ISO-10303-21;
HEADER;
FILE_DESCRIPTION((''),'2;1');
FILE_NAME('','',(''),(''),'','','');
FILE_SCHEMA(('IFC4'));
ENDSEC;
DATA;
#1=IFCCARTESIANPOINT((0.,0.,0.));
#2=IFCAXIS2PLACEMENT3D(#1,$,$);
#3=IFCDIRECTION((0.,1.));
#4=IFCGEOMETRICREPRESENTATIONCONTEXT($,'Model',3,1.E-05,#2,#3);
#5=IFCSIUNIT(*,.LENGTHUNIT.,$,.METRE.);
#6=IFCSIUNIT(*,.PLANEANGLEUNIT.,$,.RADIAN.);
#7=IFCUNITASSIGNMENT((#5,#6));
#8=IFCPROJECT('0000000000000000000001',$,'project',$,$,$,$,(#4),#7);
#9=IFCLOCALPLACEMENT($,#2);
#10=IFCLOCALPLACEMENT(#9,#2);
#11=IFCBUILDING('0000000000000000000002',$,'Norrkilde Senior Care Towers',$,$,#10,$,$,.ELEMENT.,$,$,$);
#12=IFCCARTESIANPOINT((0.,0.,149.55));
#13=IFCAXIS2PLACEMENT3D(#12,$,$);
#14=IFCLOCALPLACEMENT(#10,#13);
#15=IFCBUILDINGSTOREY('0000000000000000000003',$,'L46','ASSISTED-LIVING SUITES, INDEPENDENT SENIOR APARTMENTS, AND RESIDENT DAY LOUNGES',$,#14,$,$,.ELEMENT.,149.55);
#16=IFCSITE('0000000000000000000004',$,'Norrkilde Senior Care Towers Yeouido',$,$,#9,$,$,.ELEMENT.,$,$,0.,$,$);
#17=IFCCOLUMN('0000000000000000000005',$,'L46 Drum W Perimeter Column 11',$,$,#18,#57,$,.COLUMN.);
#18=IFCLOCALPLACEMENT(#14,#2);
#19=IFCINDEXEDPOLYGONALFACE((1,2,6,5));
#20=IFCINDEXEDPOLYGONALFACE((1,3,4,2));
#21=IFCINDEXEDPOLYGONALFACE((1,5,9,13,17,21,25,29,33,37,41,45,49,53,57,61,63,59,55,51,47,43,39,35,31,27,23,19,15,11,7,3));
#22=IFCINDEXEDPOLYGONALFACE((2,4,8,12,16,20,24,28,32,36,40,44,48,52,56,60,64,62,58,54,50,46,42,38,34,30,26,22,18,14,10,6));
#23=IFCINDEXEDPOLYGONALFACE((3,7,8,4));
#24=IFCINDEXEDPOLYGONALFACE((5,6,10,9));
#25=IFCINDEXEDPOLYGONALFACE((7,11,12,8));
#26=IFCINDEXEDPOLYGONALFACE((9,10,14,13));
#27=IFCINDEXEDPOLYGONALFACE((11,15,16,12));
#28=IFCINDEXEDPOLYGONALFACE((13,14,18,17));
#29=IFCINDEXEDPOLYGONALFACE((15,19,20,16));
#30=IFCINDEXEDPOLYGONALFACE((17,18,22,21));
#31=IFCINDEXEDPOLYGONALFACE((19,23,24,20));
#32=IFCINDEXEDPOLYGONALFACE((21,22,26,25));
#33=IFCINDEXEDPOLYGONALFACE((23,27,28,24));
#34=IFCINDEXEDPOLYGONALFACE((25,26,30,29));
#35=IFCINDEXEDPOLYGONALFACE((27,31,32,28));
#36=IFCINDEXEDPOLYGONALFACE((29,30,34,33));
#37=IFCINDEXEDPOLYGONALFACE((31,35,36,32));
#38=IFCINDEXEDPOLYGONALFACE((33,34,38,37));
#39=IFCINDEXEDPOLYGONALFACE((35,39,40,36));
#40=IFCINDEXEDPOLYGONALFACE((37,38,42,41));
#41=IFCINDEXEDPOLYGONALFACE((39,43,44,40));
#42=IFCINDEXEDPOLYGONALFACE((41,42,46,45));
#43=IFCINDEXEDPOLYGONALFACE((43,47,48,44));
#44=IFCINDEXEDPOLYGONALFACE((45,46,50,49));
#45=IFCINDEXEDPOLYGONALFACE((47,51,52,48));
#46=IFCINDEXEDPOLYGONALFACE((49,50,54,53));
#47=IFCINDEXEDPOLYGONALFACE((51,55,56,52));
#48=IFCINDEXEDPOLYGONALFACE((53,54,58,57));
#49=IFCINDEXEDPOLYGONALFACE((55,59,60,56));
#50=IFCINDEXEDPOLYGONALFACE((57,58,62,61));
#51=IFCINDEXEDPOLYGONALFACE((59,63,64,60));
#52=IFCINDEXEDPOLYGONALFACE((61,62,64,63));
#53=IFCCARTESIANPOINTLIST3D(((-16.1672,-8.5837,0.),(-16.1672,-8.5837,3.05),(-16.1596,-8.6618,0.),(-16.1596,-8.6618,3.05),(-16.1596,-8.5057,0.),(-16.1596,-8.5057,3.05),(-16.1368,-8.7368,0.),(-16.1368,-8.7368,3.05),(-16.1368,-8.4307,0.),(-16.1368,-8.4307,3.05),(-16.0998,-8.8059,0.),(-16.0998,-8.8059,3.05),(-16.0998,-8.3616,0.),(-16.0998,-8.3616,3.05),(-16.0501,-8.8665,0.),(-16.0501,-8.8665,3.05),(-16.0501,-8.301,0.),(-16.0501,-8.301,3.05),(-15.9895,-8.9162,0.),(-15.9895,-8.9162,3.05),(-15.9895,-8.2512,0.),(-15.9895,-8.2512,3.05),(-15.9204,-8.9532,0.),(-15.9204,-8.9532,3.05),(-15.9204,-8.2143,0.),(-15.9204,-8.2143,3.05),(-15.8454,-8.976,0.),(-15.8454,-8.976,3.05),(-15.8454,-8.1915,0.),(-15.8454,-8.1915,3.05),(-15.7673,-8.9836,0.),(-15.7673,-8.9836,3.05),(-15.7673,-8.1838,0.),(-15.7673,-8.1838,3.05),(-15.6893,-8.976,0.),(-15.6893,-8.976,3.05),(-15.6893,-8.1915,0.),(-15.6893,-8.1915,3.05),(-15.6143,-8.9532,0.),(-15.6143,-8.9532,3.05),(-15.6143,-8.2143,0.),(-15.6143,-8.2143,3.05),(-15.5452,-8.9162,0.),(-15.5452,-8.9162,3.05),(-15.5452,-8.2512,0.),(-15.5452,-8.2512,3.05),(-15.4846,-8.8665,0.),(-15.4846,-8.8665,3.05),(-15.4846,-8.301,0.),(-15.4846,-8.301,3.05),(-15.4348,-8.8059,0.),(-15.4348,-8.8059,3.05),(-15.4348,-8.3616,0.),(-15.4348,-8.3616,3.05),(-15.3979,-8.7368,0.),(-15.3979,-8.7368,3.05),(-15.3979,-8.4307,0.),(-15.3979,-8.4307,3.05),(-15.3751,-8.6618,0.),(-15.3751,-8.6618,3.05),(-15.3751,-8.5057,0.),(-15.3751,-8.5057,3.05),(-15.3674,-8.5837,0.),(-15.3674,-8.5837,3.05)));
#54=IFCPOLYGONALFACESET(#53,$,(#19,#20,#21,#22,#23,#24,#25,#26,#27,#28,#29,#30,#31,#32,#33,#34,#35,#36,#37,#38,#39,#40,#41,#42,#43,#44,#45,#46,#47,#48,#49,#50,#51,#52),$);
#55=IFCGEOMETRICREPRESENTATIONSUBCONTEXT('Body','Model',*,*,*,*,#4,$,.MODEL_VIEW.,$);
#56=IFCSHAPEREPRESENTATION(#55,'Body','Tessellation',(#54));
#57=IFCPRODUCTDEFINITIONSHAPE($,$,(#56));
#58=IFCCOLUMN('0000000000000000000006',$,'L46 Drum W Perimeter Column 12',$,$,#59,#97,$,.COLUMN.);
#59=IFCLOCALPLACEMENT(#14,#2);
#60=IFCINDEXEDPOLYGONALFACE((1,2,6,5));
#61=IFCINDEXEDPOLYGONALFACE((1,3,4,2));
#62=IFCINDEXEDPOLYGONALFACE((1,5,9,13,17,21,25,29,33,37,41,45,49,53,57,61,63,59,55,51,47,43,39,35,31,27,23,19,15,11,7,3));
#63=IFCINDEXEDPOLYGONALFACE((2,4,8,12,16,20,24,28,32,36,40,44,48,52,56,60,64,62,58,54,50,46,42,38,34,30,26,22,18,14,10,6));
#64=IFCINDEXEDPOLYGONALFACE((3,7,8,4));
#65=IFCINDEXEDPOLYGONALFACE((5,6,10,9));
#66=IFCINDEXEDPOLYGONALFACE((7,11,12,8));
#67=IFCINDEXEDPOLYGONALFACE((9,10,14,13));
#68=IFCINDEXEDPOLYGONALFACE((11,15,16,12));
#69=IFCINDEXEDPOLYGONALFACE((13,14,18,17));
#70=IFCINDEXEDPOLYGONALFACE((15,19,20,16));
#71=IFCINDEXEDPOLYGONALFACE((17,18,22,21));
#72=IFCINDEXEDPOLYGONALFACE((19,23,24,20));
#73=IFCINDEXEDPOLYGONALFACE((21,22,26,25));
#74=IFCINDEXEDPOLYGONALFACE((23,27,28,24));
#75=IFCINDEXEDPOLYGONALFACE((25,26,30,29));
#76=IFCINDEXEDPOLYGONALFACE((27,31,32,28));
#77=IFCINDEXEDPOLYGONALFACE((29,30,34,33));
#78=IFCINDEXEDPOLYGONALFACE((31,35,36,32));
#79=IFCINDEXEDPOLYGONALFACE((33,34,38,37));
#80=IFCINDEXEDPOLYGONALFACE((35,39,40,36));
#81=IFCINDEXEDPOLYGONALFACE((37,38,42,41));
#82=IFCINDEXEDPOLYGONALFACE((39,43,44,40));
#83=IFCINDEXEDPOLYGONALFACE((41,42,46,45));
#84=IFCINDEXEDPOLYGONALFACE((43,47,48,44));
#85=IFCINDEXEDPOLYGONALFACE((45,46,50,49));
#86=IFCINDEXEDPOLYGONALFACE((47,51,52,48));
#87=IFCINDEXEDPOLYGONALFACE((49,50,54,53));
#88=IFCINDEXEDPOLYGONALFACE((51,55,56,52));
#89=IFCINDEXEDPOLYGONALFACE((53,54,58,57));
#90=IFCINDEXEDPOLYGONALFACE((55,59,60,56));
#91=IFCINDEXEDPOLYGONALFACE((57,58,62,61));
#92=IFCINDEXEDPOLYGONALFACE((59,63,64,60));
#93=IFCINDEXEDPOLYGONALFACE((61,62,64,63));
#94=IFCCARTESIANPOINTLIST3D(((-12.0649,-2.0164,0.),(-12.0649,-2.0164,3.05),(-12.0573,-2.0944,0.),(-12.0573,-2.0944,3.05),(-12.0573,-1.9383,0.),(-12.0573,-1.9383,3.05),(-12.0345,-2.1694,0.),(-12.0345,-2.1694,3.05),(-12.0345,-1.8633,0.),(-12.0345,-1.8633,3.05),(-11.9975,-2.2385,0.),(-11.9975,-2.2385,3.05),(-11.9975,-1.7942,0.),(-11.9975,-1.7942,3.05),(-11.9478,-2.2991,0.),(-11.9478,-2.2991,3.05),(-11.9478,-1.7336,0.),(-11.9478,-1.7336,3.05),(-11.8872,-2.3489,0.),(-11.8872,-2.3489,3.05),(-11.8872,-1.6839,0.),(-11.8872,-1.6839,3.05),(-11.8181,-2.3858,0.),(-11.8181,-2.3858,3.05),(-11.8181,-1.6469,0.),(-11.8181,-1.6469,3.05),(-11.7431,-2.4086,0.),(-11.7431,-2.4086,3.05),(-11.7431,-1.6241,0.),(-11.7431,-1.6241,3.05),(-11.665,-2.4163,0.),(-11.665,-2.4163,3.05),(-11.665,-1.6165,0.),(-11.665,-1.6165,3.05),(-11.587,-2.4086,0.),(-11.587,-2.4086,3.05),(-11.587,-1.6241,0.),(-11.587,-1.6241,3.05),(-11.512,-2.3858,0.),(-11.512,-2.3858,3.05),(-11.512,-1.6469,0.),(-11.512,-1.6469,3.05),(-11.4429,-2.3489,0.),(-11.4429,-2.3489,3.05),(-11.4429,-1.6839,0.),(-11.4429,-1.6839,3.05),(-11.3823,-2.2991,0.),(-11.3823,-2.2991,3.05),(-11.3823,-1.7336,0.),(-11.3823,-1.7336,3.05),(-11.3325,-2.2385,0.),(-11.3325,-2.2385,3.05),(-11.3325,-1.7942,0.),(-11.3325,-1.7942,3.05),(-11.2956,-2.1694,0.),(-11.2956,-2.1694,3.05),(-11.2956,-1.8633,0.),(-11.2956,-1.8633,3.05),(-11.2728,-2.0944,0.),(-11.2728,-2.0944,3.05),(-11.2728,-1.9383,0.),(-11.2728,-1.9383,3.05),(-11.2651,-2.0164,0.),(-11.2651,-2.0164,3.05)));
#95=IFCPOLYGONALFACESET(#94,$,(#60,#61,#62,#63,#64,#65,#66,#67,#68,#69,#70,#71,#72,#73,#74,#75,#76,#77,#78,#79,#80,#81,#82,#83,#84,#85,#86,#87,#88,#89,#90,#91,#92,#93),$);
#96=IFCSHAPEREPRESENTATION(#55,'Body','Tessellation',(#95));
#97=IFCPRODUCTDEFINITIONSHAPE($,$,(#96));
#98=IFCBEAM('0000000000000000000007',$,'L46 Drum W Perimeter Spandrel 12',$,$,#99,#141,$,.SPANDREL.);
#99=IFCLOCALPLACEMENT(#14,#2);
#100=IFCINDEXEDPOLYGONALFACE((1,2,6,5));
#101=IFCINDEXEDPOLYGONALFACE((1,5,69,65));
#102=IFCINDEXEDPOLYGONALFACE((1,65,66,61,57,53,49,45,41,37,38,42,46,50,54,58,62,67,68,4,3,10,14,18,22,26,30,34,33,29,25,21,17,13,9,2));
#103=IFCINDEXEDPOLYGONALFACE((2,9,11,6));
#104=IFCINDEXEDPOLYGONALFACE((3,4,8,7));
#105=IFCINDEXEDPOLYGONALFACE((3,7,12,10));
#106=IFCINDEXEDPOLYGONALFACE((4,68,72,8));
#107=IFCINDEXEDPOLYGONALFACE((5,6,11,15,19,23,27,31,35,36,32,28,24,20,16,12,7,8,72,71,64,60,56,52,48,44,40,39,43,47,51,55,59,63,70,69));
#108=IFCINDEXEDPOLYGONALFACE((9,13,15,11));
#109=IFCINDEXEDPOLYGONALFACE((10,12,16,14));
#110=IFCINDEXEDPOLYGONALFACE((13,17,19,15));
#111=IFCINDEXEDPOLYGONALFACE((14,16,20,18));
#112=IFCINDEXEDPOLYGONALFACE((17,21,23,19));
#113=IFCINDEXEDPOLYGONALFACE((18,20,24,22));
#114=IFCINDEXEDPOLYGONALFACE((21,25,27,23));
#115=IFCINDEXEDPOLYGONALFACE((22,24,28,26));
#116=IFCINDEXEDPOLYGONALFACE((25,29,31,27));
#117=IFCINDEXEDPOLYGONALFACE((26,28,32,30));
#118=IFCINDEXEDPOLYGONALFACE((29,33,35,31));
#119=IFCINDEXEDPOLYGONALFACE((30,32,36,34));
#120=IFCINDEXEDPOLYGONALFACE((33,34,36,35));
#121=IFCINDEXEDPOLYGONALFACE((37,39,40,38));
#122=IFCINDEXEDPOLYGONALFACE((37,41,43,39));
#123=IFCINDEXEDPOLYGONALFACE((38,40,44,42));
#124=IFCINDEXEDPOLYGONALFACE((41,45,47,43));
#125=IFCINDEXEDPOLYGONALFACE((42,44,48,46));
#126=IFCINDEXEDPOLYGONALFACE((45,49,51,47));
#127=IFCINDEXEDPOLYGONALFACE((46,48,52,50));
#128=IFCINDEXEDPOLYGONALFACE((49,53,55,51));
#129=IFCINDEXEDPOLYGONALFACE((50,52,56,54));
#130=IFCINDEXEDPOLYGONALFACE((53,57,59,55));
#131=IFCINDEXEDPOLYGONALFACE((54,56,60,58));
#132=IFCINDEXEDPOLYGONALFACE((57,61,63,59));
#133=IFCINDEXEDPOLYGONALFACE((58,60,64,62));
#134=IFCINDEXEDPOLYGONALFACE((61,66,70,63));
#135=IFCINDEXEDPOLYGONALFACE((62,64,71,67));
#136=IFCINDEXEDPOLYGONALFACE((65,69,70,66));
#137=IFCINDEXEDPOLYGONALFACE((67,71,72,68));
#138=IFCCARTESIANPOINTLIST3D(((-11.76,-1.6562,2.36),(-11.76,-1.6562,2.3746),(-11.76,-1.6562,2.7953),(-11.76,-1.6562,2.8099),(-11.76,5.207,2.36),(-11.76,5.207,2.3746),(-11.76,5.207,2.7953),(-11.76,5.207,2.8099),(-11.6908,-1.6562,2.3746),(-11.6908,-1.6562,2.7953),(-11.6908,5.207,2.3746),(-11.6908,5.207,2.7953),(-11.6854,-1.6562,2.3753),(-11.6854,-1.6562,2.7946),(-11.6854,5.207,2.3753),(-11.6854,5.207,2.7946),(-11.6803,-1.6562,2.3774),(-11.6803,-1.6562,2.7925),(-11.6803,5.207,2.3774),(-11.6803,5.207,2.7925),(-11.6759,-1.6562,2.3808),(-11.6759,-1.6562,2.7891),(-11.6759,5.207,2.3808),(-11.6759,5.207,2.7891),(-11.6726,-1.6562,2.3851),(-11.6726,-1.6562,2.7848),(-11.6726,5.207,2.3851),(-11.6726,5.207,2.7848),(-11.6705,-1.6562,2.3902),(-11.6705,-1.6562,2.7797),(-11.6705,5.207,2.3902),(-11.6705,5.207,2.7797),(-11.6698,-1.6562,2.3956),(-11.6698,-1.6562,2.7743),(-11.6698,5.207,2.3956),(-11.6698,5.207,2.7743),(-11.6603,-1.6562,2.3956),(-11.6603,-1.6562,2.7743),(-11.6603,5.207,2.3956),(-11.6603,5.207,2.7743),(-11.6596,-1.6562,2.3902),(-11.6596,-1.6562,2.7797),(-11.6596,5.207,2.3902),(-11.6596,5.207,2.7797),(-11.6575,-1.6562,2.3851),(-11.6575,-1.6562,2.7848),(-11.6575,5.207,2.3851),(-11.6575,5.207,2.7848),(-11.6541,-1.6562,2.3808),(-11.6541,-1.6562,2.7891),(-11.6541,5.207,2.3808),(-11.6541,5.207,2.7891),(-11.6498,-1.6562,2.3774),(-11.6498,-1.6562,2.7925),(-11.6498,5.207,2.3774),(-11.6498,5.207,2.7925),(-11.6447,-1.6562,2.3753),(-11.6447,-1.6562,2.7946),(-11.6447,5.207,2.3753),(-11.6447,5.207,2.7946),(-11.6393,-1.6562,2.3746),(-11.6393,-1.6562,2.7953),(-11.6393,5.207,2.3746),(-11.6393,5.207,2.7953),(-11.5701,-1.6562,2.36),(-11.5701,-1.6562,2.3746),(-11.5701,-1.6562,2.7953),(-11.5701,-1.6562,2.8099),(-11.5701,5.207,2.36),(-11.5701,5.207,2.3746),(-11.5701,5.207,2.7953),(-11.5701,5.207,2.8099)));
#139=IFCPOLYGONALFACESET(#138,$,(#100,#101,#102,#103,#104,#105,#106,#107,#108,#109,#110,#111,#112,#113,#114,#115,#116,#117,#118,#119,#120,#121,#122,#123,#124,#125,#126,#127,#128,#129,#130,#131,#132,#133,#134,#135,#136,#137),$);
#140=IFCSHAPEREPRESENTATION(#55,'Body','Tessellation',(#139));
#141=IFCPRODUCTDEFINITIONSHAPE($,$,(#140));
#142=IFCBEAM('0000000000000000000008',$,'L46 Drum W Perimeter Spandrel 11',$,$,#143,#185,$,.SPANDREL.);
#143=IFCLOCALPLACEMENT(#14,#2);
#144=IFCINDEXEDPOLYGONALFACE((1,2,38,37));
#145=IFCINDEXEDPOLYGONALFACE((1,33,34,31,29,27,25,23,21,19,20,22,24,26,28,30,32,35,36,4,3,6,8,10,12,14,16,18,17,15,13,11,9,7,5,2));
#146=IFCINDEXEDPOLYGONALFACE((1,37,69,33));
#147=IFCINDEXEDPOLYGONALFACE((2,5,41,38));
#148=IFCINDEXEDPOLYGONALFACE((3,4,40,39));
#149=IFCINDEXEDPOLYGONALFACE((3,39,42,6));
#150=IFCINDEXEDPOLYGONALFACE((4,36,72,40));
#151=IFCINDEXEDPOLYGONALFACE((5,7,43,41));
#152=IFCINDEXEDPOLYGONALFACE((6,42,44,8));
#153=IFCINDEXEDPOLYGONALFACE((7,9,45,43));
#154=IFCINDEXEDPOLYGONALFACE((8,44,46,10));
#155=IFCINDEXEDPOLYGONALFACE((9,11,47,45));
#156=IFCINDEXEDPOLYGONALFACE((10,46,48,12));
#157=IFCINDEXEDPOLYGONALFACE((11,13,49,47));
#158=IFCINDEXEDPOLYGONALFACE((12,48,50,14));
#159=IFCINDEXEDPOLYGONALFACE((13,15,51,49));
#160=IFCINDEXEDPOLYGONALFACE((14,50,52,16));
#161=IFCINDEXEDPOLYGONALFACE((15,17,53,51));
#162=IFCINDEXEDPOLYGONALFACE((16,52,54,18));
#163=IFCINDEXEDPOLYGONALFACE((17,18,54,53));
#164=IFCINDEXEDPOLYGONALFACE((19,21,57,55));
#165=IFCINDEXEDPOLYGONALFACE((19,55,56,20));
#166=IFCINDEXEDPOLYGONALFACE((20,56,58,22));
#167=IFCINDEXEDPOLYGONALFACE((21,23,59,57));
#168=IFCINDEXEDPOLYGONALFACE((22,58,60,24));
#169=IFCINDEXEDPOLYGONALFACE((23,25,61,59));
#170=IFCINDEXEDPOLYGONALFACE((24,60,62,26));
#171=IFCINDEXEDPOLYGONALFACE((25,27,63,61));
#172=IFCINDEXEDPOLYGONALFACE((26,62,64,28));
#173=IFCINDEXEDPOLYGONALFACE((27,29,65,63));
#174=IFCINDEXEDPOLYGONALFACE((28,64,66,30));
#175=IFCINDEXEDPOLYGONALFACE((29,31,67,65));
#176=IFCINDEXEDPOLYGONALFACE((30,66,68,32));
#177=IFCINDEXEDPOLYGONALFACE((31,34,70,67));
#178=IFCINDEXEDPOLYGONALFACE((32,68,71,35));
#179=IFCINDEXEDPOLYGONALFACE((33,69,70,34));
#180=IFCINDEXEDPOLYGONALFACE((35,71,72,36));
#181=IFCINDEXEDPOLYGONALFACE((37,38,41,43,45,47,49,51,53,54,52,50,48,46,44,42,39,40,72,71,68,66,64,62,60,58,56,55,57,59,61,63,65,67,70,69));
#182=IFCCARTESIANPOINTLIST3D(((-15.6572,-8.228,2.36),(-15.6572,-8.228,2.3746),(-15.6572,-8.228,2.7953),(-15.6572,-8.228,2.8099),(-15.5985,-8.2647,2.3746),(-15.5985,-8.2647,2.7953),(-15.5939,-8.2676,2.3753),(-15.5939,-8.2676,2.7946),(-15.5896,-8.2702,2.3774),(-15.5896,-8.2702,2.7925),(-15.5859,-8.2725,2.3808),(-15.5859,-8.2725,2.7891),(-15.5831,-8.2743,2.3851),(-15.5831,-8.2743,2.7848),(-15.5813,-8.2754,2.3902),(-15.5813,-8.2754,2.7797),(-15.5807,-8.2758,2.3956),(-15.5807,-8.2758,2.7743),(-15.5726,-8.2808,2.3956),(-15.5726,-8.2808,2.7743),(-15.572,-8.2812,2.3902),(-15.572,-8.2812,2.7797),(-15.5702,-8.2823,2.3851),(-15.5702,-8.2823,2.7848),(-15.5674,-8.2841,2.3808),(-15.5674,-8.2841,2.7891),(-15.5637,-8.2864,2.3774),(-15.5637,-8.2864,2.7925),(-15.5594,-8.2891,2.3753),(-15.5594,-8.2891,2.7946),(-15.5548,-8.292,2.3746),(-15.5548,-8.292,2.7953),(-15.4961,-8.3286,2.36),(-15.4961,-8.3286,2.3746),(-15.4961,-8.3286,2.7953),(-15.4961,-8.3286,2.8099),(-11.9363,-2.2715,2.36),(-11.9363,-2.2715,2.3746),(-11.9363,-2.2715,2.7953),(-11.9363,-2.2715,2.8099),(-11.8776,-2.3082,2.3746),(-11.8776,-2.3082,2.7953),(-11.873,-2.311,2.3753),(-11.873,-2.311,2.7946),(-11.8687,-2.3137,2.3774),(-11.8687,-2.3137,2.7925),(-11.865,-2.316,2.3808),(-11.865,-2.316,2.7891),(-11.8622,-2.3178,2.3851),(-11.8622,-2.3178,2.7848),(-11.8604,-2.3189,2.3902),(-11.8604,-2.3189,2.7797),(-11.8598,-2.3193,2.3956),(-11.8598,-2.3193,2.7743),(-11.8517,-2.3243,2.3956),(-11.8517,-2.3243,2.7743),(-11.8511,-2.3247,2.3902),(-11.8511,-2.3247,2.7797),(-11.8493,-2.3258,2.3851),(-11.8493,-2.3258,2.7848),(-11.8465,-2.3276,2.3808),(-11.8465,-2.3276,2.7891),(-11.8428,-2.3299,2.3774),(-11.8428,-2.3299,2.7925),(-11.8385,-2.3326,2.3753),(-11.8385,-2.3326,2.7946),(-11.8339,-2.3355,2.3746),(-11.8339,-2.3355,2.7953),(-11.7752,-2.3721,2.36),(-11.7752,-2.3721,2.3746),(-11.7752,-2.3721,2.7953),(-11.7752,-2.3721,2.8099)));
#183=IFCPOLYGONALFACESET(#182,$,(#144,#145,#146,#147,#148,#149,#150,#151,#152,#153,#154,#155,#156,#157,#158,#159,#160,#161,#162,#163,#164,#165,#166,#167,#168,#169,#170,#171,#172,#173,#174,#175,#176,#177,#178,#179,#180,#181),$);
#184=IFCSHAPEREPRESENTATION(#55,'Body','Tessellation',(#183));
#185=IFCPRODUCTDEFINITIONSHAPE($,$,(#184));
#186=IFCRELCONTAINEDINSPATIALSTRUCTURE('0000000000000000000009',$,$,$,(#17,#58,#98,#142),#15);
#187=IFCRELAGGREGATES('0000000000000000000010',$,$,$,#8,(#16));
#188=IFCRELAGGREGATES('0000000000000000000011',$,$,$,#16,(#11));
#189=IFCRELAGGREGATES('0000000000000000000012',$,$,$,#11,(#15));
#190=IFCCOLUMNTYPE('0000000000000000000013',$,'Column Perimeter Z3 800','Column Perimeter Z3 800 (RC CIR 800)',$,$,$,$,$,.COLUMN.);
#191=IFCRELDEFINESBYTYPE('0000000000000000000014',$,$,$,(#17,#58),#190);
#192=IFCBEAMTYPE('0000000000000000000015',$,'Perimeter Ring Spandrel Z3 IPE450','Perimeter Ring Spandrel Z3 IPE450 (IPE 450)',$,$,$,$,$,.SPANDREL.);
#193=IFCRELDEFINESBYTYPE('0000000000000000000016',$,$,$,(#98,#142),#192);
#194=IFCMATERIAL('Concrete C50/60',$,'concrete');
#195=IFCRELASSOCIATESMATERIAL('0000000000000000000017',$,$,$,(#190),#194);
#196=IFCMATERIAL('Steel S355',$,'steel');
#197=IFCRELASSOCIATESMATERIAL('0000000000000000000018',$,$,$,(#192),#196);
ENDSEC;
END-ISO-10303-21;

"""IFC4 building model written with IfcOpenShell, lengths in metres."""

from ifc_helpers import new_model, si_unit, direction, frame, origin, origin_2d, place, context, subcontext, project, spatial, circle, i_section, extrude, source, transform, mapped, material, material_profile, profile_set, type_object, type_shapes, element, save


model = new_model("IFC4")

# Units and contexts
model_context = context("Model", 3, precision=1e-05, world=origin(), true_north=direction((0.0, 1.0)))
body_context = subcontext(model_context, "Body", "Model", "MODEL_VIEW")
ifc_project = project(units=[si_unit("LENGTHUNIT", "METRE"), si_unit("PLANEANGLEUNIT", "RADIAN")], contexts=[model_context])

# Site, building, storey
site_placement = place(None, origin())
site = spatial("IfcSite", under=ifc_project, at=site_placement, Name="Norrkilde Senior Care Towers Yeouido", CompositionType="ELEMENT", RefElevation=0.0)
building_placement = place(site_placement, origin())
building = spatial("IfcBuilding", under=site, at=building_placement, Name="Norrkilde Senior Care Towers", CompositionType="ELEMENT")
storey_placement = place(building_placement, frame((0.0, 0.0, 149.55)))
storey = spatial("IfcBuildingStorey", under=building, at=storey_placement, Name="L46", Description="ASSISTED-LIVING SUITES, INDEPENDENT SENIOR APARTMENTS, AND RESIDENT DAY LOUNGES", CompositionType="ELEMENT", Elevation=149.55)

# Columns
ifc_material_1 = material(Name="Concrete C50/60", Category="concrete")
ifc_material_profile_1 = material_profile(ifc_material_1, circle(Radius=0.3999, at=origin_2d()), Name="RC CIR 800")
ifc_profile_set_1 = profile_set([ifc_material_profile_1], Name="Concrete C50/60")
column_type = type_object("IfcColumnType", Name="Column Perimeter Z3 800", Description="Column Perimeter Z3 800 (RC CIR 800)", PredefinedType="COLUMN", material=ifc_profile_set_1)
shared_shape_1 = source(origin(), body_context, "Body", "SweptSolid", [
    extrude(circle(Radius=0.3999, at=origin_2d()), origin(), (0.0, 0.0, 1.0), 3.05),
])
type_shapes(column_type, [shared_shape_1])
for number, where, z_axis, x_axis, name in (
    (1, (-15.7673, -8.5837, 0.0), (0.0, 0.0, 1.0), (1.0, 0.0, 0.0), "L46 Drum W Perimeter Column 11"),
    (2, (-11.665, -2.0164, 0.0), (0.0, 0.0, 1.0), (1.0, 0.0, 0.0), "L46 Drum W Perimeter Column 12"),
):
    element("IfcColumn", number, at=place(storey_placement, frame(where, z_axis=z_axis, x_axis=x_axis)), inside=storey, type_object=column_type, Name=name, PredefinedType="COLUMN", context=body_context, shape_type="MappedRepresentation", body=[
        mapped(shared_shape_1, transform((0.0, 0.0, 0.0), x_axis=(1.0, 0.0, 0.0), y_axis=(0.0, 1.0, 0.0), z_axis=(0.0, 0.0, 1.0), scale=1.0)),
    ])

# Beams
ifc_material_2 = material(Name="Steel S355", Category="steel")
ifc_material_profile_2 = material_profile(ifc_material_2, i_section(OverallWidth=0.1899, OverallDepth=0.45, WebThickness=0.0095, FlangeThickness=0.0146, FilletRadius=0.021, at=origin_2d()), Name="IPE 450")
ifc_profile_set_2 = profile_set([ifc_material_profile_2], Name="Steel S355")
beam_type_1 = type_object("IfcBeamType", Name="Perimeter Ring Spandrel Z3 IPE450", Description="Perimeter Ring Spandrel Z3 IPE450 (IPE 450)", PredefinedType="SPANDREL", material=ifc_profile_set_2)
shared_shape_2 = source(origin(), body_context, "Body", "SweptSolid", [
    extrude(i_section(OverallWidth=0.1899, OverallDepth=0.45, WebThickness=0.0095, FlangeThickness=0.0146, FilletRadius=0.021, at=origin_2d()), origin(), (0.0, 0.0, 1.0), 6.8633),
])
beam_1_placement = place(storey_placement, frame((-11.665, -1.6562, 2.585), z_axis=(0.0, 1.0, 0.0), x_axis=(-1.0, 0.0, 0.0)))
element("IfcBeam", 3, at=beam_1_placement, inside=storey, type_object=beam_type_1, Name="L46 Drum W Perimeter Spandrel 12", PredefinedType="SPANDREL", context=body_context, shape_type="MappedRepresentation", body=[
    mapped(shared_shape_2, transform((0.0, 0.0, 0.0), x_axis=(1.0, 0.0, 0.0), y_axis=(0.0, 1.0, 0.0), z_axis=(0.0, 0.0, 1.0), scale=1.0)),
])
shared_shape_3 = source(origin(), body_context, "Body", "SweptSolid", [
    extrude(i_section(OverallWidth=0.1899, OverallDepth=0.45, WebThickness=0.0095, FlangeThickness=0.0146, FilletRadius=0.021, at=origin_2d()), origin(), (0.0, 0.0, 1.0), 7.0232),
])
type_shapes(beam_type_1, [shared_shape_2, shared_shape_3])
beam_2_placement = place(storey_placement, frame((-15.5767, -8.2783, 2.585), z_axis=(0.529805, 0.848119, 0.0), x_axis=(-0.848119, 0.529805, 0.0)))
element("IfcBeam", 4, at=beam_2_placement, inside=storey, type_object=beam_type_1, Name="L46 Drum W Perimeter Spandrel 11", PredefinedType="SPANDREL", context=body_context, shape_type="MappedRepresentation", body=[
    mapped(shared_shape_3, transform((0.0, 0.0, 0.0), x_axis=(1.0, 0.0, 0.0), y_axis=(0.0, 1.0, 0.0), z_axis=(0.0, 0.0, 1.0), scale=1.0)),
])

save(model, "model.ifc")
